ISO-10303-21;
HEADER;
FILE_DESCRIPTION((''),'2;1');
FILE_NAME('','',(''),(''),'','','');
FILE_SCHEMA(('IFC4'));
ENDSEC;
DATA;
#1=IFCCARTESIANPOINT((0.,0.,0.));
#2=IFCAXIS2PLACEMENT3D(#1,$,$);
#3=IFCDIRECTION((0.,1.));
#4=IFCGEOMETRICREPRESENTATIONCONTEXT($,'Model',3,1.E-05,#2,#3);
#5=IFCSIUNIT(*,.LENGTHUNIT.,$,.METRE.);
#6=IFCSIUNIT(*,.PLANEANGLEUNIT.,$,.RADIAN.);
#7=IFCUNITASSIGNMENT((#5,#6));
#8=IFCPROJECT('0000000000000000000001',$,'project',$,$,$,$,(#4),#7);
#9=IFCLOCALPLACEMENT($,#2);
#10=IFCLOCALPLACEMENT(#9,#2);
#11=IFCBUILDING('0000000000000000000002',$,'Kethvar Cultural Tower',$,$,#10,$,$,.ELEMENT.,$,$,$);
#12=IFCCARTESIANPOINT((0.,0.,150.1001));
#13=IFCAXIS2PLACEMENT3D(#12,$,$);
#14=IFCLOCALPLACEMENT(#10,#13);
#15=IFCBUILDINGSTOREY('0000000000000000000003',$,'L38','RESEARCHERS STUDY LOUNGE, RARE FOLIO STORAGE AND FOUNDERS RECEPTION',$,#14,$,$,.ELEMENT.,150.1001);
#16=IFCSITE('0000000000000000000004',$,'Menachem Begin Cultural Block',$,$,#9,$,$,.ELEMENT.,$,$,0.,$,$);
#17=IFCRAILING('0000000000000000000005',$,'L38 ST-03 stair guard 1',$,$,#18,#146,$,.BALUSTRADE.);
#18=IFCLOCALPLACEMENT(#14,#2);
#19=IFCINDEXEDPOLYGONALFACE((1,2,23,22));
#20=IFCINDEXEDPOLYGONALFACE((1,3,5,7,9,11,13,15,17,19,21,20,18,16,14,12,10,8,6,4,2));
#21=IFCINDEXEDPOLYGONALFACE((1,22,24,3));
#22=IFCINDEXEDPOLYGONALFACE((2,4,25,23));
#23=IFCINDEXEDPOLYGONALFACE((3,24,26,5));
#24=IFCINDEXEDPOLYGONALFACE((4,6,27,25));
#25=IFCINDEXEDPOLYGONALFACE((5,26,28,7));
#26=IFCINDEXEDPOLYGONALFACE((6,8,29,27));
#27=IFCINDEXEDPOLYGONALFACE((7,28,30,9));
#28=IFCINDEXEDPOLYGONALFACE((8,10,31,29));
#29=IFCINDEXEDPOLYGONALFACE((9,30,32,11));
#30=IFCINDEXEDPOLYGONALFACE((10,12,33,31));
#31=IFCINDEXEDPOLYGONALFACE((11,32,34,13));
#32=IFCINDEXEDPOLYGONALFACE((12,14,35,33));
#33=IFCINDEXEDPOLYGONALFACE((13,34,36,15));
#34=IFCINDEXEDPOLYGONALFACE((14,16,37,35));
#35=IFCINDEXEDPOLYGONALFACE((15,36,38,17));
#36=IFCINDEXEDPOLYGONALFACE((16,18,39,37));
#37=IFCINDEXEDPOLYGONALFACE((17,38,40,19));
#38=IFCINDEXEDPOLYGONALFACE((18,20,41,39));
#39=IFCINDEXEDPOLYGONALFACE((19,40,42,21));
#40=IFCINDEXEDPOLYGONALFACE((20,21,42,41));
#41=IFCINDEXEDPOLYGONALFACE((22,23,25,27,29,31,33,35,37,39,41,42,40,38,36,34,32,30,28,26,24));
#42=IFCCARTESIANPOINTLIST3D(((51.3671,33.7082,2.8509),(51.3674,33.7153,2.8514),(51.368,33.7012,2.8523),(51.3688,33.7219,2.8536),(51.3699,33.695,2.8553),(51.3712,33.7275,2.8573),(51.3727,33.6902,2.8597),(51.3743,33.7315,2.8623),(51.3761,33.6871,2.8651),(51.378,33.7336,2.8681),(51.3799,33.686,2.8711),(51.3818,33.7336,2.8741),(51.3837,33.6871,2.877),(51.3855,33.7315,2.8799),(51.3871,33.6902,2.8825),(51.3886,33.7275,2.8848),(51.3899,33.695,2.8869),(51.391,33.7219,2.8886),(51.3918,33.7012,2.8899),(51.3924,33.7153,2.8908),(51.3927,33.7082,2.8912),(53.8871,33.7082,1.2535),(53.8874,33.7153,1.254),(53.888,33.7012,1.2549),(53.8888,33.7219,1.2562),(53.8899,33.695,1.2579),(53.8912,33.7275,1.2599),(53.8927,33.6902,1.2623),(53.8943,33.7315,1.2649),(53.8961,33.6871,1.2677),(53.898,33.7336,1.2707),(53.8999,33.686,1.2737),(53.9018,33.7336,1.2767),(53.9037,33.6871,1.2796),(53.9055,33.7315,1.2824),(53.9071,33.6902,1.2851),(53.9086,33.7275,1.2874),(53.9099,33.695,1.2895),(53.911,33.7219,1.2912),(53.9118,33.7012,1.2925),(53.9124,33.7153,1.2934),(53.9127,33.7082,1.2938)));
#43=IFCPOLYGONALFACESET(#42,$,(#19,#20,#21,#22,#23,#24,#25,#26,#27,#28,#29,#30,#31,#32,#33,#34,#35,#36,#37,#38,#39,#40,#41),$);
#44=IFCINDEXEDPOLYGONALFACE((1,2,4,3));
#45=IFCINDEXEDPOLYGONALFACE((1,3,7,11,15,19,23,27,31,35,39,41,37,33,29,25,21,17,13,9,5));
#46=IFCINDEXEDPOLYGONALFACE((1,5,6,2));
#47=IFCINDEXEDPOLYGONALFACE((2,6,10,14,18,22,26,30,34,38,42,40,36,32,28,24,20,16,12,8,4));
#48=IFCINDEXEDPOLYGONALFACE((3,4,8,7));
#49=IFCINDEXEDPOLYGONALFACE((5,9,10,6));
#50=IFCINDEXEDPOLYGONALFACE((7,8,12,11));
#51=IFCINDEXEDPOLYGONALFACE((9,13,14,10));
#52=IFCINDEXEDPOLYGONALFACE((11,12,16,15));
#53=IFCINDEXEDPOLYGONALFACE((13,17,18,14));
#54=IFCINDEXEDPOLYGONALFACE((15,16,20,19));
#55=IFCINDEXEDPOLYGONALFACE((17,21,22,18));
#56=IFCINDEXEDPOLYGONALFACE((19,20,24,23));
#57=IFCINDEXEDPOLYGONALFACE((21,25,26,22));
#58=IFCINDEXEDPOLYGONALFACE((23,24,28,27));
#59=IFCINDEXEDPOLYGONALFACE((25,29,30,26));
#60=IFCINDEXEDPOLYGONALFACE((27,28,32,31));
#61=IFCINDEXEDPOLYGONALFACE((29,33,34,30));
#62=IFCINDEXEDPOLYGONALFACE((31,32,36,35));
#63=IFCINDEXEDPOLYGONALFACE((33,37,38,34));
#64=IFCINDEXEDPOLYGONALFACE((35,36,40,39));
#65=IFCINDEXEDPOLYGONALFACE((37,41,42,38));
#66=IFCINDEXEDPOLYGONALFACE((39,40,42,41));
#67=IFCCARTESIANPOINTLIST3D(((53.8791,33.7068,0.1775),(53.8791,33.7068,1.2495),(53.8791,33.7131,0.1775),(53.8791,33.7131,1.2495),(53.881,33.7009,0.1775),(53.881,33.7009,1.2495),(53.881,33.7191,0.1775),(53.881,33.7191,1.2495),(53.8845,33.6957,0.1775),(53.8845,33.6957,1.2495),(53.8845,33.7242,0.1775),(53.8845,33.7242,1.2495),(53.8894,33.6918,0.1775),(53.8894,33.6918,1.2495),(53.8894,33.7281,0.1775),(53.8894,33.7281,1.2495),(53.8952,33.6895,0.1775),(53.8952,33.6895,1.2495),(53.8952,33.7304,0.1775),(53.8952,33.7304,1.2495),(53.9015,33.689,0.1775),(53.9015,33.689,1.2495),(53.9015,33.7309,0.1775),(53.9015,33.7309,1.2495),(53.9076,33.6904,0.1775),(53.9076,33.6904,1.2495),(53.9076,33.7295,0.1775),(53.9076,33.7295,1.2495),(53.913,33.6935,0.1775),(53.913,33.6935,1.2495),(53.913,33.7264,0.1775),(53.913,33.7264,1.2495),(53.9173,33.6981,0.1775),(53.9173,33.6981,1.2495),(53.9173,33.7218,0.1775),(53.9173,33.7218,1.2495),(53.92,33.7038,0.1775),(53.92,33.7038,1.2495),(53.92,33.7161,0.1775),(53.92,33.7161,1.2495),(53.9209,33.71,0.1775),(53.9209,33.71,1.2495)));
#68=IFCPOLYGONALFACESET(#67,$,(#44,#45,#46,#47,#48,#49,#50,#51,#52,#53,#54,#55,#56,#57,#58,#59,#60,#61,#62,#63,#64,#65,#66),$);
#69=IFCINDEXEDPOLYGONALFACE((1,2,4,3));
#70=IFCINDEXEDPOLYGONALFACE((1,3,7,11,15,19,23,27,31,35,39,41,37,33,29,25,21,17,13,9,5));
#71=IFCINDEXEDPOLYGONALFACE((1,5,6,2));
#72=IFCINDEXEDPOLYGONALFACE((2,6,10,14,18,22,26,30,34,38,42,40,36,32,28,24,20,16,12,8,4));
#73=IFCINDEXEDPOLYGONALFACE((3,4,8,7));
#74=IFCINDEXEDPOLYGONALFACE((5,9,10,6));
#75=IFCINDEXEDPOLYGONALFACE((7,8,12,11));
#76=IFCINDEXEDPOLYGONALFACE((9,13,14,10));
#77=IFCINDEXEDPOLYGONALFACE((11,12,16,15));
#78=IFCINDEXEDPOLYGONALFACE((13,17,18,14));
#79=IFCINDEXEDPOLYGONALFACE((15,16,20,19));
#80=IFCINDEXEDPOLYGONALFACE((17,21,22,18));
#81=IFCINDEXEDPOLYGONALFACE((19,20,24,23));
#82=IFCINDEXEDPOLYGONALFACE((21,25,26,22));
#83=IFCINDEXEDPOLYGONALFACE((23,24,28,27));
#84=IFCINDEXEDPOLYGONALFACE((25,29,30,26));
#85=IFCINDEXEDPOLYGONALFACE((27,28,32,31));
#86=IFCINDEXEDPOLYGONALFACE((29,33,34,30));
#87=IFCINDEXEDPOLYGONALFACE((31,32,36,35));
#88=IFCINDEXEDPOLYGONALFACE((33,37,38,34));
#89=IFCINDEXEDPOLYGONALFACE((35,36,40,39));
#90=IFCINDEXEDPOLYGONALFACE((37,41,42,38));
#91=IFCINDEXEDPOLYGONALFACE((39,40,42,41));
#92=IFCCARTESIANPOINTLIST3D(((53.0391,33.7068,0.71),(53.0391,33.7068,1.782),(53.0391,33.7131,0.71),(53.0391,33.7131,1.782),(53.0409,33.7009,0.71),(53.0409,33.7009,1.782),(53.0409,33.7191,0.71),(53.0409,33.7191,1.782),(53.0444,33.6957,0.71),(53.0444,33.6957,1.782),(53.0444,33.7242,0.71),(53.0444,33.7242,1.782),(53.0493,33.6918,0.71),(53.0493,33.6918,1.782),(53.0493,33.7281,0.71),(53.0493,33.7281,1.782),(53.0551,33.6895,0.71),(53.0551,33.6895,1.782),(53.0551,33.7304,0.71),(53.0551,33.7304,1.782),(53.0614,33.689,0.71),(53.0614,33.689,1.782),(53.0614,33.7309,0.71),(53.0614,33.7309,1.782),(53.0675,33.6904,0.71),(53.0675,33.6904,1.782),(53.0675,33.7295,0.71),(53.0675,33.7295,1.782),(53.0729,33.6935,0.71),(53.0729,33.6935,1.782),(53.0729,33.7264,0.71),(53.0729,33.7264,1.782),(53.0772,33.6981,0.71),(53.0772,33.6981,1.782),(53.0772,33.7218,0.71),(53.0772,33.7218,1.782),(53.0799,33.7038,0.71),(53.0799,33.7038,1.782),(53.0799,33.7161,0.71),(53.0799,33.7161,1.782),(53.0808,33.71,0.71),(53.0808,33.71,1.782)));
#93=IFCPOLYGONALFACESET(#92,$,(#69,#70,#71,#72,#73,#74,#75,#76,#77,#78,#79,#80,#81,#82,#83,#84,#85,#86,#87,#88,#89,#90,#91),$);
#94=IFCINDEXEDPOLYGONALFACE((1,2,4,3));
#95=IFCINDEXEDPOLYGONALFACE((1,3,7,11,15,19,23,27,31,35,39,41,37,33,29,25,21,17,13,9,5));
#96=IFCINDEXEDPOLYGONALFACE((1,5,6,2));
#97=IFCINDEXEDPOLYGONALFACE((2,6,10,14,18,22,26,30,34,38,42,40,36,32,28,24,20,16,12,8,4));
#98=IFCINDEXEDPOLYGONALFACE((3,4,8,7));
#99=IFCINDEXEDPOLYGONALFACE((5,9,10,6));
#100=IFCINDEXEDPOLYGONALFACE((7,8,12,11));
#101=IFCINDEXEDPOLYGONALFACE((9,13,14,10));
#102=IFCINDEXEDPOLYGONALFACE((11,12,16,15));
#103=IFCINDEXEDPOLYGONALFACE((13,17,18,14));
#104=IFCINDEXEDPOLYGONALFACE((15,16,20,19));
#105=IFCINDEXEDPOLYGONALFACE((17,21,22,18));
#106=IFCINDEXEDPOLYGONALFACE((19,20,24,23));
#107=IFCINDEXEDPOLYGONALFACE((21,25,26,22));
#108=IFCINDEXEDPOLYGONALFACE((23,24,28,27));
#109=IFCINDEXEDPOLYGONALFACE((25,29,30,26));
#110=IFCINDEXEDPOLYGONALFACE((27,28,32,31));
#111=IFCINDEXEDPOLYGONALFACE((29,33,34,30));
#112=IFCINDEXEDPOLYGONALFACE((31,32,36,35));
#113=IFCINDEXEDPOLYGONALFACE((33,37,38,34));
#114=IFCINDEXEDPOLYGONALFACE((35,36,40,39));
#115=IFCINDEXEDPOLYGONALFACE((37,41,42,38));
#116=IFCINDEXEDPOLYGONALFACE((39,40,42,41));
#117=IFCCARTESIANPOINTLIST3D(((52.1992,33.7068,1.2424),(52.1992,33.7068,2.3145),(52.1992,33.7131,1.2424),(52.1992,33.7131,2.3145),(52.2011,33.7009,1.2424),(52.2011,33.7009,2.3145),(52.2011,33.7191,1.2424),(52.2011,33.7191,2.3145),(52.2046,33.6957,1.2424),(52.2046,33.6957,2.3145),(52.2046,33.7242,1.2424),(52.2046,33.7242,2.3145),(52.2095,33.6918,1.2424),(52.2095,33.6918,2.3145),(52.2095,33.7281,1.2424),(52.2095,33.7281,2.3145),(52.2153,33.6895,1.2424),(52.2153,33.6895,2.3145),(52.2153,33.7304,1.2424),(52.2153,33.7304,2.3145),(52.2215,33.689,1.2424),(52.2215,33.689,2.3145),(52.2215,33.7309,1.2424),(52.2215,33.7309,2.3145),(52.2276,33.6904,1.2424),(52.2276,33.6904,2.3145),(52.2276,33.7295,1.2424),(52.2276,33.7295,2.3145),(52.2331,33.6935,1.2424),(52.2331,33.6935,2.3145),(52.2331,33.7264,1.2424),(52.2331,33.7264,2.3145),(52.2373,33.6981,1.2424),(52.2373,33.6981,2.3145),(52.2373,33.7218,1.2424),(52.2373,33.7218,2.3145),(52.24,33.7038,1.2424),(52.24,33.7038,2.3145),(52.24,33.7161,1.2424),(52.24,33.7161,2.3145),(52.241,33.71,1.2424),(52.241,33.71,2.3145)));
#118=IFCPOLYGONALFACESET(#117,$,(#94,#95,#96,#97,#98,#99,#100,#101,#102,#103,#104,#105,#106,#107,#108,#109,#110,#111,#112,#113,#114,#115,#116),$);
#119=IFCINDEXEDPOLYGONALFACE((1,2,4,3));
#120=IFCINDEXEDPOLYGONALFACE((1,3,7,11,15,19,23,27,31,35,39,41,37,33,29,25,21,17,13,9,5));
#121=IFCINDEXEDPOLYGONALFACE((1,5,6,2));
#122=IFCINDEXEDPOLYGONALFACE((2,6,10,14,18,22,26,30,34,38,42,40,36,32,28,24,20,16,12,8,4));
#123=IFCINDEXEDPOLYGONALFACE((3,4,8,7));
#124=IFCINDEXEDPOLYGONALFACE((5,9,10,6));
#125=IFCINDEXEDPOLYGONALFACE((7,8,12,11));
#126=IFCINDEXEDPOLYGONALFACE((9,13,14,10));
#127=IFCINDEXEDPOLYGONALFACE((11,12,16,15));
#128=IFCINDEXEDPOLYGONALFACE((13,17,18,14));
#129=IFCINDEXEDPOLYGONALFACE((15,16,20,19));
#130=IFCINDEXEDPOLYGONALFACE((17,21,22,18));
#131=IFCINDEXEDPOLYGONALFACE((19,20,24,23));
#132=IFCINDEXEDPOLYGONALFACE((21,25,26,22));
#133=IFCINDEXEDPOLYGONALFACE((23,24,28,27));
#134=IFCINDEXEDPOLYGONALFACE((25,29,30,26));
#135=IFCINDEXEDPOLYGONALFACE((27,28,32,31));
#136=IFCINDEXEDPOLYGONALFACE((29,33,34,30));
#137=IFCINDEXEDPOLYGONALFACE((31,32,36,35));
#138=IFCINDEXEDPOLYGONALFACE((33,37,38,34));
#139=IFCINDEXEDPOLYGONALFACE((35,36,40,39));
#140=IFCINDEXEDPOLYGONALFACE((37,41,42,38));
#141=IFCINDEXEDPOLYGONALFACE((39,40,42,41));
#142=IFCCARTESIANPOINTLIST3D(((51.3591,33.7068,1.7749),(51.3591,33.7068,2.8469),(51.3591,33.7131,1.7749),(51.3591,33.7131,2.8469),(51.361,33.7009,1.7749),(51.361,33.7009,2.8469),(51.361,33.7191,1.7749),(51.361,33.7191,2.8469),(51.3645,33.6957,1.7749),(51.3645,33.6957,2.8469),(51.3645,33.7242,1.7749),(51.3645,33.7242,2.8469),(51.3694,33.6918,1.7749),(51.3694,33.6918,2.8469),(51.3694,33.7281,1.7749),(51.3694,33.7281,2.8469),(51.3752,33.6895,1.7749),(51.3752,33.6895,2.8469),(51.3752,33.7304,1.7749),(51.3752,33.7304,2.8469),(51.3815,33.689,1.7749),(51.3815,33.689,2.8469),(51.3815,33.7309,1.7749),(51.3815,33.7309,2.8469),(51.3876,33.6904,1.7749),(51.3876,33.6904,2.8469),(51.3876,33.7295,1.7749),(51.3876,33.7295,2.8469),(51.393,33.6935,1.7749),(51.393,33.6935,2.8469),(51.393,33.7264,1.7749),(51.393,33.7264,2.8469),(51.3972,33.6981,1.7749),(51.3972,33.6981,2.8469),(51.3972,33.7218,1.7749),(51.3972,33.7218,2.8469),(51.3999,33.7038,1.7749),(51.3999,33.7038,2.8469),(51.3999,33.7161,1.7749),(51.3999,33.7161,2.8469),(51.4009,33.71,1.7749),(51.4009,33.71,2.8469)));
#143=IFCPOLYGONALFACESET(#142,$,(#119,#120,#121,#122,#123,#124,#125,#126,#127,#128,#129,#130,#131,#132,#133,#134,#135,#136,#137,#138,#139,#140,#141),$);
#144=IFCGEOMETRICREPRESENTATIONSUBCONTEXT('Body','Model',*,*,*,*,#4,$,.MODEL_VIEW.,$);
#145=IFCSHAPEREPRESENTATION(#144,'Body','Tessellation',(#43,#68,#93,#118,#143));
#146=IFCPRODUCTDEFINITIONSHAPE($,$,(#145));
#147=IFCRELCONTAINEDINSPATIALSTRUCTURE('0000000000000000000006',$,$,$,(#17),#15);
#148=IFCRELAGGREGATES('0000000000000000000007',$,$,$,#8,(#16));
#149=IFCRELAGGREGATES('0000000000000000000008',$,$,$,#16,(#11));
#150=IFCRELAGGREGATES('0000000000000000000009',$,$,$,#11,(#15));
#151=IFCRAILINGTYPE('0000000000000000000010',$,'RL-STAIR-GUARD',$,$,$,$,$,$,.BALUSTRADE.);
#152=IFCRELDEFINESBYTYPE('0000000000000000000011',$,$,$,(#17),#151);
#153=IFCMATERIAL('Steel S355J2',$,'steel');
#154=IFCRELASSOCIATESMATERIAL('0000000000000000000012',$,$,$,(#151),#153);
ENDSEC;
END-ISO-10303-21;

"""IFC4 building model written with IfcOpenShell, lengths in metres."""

from ifc_helpers import new_model, si_unit, direction, frame, origin, origin_2d, place, context, subcontext, project, spatial, circle, extrude, material, type_object, element, save


model = new_model("IFC4")

# Units and contexts
model_context = context("Model", 3, precision=1e-05, world=origin(), true_north=direction((0.0, 1.0)))
body_context = subcontext(model_context, "Body", "Model", "MODEL_VIEW")
ifc_project = project(units=[si_unit("LENGTHUNIT", "METRE"), si_unit("PLANEANGLEUNIT", "RADIAN")], contexts=[model_context])

# Site, building, storey
site_placement = place(None, origin())
site = spatial("IfcSite", under=ifc_project, at=site_placement, Name="Menachem Begin Cultural Block", CompositionType="ELEMENT", RefElevation=0.0)
building_placement = place(site_placement, origin())
building = spatial("IfcBuilding", under=site, at=building_placement, Name="Kethvar Cultural Tower", CompositionType="ELEMENT")
storey_placement = place(building_placement, frame((0.0, 0.0, 150.1001)))
storey = spatial("IfcBuildingStorey", under=building, at=storey_placement, Name="L38", Description="RESEARCHERS STUDY LOUNGE, RARE FOLIO STORAGE AND FOUNDERS RECEPTION", CompositionType="ELEMENT", Elevation=150.1001)

# Shared definitions
ifc_material_1 = material(Name="Steel S355J2", Category="steel")

# Railing
railing_type_1 = type_object("IfcRailingType", Name="RL-STAIR-GUARD", PredefinedType="BALUSTRADE", material=ifc_material_1)
railing_1_placement = place(storey_placement, frame((53.8999, 33.71, 0.1775)))
element("IfcRailing", 1, at=railing_1_placement, inside=storey, type_object=railing_type_1, Name="L38 ST-03 stair guard 1", PredefinedType="BALUSTRADE", context=body_context, shape_type="SweptSolid", body=[
    extrude(circle(Radius=0.0239, at=origin_2d()), frame((0.0, 0.0, 1.0962), z_axis=(-0.844607, 0.0, 0.535387), x_axis=(0.0, -1.0, 0.0)), (0.0, 0.0, 1.0), 2.9836),
    extrude(circle(Radius=0.021, at=origin_2d()), origin(), (0.0, 0.0, 1.0), 1.072),
    extrude(circle(Radius=0.021, at=origin_2d()), frame((-0.8401, 0.0, 0.5325)), (0.0, 0.0, 1.0), 1.072),
    extrude(circle(Radius=0.021, at=origin_2d()), frame((-1.6799, 0.0, 1.0649)), (0.0, 0.0, 1.0), 1.072),
    extrude(circle(Radius=0.021, at=origin_2d()), frame((-2.52, 0.0, 1.5974)), (0.0, 0.0, 1.0), 1.072),
])

save(model, "model.ifc")
